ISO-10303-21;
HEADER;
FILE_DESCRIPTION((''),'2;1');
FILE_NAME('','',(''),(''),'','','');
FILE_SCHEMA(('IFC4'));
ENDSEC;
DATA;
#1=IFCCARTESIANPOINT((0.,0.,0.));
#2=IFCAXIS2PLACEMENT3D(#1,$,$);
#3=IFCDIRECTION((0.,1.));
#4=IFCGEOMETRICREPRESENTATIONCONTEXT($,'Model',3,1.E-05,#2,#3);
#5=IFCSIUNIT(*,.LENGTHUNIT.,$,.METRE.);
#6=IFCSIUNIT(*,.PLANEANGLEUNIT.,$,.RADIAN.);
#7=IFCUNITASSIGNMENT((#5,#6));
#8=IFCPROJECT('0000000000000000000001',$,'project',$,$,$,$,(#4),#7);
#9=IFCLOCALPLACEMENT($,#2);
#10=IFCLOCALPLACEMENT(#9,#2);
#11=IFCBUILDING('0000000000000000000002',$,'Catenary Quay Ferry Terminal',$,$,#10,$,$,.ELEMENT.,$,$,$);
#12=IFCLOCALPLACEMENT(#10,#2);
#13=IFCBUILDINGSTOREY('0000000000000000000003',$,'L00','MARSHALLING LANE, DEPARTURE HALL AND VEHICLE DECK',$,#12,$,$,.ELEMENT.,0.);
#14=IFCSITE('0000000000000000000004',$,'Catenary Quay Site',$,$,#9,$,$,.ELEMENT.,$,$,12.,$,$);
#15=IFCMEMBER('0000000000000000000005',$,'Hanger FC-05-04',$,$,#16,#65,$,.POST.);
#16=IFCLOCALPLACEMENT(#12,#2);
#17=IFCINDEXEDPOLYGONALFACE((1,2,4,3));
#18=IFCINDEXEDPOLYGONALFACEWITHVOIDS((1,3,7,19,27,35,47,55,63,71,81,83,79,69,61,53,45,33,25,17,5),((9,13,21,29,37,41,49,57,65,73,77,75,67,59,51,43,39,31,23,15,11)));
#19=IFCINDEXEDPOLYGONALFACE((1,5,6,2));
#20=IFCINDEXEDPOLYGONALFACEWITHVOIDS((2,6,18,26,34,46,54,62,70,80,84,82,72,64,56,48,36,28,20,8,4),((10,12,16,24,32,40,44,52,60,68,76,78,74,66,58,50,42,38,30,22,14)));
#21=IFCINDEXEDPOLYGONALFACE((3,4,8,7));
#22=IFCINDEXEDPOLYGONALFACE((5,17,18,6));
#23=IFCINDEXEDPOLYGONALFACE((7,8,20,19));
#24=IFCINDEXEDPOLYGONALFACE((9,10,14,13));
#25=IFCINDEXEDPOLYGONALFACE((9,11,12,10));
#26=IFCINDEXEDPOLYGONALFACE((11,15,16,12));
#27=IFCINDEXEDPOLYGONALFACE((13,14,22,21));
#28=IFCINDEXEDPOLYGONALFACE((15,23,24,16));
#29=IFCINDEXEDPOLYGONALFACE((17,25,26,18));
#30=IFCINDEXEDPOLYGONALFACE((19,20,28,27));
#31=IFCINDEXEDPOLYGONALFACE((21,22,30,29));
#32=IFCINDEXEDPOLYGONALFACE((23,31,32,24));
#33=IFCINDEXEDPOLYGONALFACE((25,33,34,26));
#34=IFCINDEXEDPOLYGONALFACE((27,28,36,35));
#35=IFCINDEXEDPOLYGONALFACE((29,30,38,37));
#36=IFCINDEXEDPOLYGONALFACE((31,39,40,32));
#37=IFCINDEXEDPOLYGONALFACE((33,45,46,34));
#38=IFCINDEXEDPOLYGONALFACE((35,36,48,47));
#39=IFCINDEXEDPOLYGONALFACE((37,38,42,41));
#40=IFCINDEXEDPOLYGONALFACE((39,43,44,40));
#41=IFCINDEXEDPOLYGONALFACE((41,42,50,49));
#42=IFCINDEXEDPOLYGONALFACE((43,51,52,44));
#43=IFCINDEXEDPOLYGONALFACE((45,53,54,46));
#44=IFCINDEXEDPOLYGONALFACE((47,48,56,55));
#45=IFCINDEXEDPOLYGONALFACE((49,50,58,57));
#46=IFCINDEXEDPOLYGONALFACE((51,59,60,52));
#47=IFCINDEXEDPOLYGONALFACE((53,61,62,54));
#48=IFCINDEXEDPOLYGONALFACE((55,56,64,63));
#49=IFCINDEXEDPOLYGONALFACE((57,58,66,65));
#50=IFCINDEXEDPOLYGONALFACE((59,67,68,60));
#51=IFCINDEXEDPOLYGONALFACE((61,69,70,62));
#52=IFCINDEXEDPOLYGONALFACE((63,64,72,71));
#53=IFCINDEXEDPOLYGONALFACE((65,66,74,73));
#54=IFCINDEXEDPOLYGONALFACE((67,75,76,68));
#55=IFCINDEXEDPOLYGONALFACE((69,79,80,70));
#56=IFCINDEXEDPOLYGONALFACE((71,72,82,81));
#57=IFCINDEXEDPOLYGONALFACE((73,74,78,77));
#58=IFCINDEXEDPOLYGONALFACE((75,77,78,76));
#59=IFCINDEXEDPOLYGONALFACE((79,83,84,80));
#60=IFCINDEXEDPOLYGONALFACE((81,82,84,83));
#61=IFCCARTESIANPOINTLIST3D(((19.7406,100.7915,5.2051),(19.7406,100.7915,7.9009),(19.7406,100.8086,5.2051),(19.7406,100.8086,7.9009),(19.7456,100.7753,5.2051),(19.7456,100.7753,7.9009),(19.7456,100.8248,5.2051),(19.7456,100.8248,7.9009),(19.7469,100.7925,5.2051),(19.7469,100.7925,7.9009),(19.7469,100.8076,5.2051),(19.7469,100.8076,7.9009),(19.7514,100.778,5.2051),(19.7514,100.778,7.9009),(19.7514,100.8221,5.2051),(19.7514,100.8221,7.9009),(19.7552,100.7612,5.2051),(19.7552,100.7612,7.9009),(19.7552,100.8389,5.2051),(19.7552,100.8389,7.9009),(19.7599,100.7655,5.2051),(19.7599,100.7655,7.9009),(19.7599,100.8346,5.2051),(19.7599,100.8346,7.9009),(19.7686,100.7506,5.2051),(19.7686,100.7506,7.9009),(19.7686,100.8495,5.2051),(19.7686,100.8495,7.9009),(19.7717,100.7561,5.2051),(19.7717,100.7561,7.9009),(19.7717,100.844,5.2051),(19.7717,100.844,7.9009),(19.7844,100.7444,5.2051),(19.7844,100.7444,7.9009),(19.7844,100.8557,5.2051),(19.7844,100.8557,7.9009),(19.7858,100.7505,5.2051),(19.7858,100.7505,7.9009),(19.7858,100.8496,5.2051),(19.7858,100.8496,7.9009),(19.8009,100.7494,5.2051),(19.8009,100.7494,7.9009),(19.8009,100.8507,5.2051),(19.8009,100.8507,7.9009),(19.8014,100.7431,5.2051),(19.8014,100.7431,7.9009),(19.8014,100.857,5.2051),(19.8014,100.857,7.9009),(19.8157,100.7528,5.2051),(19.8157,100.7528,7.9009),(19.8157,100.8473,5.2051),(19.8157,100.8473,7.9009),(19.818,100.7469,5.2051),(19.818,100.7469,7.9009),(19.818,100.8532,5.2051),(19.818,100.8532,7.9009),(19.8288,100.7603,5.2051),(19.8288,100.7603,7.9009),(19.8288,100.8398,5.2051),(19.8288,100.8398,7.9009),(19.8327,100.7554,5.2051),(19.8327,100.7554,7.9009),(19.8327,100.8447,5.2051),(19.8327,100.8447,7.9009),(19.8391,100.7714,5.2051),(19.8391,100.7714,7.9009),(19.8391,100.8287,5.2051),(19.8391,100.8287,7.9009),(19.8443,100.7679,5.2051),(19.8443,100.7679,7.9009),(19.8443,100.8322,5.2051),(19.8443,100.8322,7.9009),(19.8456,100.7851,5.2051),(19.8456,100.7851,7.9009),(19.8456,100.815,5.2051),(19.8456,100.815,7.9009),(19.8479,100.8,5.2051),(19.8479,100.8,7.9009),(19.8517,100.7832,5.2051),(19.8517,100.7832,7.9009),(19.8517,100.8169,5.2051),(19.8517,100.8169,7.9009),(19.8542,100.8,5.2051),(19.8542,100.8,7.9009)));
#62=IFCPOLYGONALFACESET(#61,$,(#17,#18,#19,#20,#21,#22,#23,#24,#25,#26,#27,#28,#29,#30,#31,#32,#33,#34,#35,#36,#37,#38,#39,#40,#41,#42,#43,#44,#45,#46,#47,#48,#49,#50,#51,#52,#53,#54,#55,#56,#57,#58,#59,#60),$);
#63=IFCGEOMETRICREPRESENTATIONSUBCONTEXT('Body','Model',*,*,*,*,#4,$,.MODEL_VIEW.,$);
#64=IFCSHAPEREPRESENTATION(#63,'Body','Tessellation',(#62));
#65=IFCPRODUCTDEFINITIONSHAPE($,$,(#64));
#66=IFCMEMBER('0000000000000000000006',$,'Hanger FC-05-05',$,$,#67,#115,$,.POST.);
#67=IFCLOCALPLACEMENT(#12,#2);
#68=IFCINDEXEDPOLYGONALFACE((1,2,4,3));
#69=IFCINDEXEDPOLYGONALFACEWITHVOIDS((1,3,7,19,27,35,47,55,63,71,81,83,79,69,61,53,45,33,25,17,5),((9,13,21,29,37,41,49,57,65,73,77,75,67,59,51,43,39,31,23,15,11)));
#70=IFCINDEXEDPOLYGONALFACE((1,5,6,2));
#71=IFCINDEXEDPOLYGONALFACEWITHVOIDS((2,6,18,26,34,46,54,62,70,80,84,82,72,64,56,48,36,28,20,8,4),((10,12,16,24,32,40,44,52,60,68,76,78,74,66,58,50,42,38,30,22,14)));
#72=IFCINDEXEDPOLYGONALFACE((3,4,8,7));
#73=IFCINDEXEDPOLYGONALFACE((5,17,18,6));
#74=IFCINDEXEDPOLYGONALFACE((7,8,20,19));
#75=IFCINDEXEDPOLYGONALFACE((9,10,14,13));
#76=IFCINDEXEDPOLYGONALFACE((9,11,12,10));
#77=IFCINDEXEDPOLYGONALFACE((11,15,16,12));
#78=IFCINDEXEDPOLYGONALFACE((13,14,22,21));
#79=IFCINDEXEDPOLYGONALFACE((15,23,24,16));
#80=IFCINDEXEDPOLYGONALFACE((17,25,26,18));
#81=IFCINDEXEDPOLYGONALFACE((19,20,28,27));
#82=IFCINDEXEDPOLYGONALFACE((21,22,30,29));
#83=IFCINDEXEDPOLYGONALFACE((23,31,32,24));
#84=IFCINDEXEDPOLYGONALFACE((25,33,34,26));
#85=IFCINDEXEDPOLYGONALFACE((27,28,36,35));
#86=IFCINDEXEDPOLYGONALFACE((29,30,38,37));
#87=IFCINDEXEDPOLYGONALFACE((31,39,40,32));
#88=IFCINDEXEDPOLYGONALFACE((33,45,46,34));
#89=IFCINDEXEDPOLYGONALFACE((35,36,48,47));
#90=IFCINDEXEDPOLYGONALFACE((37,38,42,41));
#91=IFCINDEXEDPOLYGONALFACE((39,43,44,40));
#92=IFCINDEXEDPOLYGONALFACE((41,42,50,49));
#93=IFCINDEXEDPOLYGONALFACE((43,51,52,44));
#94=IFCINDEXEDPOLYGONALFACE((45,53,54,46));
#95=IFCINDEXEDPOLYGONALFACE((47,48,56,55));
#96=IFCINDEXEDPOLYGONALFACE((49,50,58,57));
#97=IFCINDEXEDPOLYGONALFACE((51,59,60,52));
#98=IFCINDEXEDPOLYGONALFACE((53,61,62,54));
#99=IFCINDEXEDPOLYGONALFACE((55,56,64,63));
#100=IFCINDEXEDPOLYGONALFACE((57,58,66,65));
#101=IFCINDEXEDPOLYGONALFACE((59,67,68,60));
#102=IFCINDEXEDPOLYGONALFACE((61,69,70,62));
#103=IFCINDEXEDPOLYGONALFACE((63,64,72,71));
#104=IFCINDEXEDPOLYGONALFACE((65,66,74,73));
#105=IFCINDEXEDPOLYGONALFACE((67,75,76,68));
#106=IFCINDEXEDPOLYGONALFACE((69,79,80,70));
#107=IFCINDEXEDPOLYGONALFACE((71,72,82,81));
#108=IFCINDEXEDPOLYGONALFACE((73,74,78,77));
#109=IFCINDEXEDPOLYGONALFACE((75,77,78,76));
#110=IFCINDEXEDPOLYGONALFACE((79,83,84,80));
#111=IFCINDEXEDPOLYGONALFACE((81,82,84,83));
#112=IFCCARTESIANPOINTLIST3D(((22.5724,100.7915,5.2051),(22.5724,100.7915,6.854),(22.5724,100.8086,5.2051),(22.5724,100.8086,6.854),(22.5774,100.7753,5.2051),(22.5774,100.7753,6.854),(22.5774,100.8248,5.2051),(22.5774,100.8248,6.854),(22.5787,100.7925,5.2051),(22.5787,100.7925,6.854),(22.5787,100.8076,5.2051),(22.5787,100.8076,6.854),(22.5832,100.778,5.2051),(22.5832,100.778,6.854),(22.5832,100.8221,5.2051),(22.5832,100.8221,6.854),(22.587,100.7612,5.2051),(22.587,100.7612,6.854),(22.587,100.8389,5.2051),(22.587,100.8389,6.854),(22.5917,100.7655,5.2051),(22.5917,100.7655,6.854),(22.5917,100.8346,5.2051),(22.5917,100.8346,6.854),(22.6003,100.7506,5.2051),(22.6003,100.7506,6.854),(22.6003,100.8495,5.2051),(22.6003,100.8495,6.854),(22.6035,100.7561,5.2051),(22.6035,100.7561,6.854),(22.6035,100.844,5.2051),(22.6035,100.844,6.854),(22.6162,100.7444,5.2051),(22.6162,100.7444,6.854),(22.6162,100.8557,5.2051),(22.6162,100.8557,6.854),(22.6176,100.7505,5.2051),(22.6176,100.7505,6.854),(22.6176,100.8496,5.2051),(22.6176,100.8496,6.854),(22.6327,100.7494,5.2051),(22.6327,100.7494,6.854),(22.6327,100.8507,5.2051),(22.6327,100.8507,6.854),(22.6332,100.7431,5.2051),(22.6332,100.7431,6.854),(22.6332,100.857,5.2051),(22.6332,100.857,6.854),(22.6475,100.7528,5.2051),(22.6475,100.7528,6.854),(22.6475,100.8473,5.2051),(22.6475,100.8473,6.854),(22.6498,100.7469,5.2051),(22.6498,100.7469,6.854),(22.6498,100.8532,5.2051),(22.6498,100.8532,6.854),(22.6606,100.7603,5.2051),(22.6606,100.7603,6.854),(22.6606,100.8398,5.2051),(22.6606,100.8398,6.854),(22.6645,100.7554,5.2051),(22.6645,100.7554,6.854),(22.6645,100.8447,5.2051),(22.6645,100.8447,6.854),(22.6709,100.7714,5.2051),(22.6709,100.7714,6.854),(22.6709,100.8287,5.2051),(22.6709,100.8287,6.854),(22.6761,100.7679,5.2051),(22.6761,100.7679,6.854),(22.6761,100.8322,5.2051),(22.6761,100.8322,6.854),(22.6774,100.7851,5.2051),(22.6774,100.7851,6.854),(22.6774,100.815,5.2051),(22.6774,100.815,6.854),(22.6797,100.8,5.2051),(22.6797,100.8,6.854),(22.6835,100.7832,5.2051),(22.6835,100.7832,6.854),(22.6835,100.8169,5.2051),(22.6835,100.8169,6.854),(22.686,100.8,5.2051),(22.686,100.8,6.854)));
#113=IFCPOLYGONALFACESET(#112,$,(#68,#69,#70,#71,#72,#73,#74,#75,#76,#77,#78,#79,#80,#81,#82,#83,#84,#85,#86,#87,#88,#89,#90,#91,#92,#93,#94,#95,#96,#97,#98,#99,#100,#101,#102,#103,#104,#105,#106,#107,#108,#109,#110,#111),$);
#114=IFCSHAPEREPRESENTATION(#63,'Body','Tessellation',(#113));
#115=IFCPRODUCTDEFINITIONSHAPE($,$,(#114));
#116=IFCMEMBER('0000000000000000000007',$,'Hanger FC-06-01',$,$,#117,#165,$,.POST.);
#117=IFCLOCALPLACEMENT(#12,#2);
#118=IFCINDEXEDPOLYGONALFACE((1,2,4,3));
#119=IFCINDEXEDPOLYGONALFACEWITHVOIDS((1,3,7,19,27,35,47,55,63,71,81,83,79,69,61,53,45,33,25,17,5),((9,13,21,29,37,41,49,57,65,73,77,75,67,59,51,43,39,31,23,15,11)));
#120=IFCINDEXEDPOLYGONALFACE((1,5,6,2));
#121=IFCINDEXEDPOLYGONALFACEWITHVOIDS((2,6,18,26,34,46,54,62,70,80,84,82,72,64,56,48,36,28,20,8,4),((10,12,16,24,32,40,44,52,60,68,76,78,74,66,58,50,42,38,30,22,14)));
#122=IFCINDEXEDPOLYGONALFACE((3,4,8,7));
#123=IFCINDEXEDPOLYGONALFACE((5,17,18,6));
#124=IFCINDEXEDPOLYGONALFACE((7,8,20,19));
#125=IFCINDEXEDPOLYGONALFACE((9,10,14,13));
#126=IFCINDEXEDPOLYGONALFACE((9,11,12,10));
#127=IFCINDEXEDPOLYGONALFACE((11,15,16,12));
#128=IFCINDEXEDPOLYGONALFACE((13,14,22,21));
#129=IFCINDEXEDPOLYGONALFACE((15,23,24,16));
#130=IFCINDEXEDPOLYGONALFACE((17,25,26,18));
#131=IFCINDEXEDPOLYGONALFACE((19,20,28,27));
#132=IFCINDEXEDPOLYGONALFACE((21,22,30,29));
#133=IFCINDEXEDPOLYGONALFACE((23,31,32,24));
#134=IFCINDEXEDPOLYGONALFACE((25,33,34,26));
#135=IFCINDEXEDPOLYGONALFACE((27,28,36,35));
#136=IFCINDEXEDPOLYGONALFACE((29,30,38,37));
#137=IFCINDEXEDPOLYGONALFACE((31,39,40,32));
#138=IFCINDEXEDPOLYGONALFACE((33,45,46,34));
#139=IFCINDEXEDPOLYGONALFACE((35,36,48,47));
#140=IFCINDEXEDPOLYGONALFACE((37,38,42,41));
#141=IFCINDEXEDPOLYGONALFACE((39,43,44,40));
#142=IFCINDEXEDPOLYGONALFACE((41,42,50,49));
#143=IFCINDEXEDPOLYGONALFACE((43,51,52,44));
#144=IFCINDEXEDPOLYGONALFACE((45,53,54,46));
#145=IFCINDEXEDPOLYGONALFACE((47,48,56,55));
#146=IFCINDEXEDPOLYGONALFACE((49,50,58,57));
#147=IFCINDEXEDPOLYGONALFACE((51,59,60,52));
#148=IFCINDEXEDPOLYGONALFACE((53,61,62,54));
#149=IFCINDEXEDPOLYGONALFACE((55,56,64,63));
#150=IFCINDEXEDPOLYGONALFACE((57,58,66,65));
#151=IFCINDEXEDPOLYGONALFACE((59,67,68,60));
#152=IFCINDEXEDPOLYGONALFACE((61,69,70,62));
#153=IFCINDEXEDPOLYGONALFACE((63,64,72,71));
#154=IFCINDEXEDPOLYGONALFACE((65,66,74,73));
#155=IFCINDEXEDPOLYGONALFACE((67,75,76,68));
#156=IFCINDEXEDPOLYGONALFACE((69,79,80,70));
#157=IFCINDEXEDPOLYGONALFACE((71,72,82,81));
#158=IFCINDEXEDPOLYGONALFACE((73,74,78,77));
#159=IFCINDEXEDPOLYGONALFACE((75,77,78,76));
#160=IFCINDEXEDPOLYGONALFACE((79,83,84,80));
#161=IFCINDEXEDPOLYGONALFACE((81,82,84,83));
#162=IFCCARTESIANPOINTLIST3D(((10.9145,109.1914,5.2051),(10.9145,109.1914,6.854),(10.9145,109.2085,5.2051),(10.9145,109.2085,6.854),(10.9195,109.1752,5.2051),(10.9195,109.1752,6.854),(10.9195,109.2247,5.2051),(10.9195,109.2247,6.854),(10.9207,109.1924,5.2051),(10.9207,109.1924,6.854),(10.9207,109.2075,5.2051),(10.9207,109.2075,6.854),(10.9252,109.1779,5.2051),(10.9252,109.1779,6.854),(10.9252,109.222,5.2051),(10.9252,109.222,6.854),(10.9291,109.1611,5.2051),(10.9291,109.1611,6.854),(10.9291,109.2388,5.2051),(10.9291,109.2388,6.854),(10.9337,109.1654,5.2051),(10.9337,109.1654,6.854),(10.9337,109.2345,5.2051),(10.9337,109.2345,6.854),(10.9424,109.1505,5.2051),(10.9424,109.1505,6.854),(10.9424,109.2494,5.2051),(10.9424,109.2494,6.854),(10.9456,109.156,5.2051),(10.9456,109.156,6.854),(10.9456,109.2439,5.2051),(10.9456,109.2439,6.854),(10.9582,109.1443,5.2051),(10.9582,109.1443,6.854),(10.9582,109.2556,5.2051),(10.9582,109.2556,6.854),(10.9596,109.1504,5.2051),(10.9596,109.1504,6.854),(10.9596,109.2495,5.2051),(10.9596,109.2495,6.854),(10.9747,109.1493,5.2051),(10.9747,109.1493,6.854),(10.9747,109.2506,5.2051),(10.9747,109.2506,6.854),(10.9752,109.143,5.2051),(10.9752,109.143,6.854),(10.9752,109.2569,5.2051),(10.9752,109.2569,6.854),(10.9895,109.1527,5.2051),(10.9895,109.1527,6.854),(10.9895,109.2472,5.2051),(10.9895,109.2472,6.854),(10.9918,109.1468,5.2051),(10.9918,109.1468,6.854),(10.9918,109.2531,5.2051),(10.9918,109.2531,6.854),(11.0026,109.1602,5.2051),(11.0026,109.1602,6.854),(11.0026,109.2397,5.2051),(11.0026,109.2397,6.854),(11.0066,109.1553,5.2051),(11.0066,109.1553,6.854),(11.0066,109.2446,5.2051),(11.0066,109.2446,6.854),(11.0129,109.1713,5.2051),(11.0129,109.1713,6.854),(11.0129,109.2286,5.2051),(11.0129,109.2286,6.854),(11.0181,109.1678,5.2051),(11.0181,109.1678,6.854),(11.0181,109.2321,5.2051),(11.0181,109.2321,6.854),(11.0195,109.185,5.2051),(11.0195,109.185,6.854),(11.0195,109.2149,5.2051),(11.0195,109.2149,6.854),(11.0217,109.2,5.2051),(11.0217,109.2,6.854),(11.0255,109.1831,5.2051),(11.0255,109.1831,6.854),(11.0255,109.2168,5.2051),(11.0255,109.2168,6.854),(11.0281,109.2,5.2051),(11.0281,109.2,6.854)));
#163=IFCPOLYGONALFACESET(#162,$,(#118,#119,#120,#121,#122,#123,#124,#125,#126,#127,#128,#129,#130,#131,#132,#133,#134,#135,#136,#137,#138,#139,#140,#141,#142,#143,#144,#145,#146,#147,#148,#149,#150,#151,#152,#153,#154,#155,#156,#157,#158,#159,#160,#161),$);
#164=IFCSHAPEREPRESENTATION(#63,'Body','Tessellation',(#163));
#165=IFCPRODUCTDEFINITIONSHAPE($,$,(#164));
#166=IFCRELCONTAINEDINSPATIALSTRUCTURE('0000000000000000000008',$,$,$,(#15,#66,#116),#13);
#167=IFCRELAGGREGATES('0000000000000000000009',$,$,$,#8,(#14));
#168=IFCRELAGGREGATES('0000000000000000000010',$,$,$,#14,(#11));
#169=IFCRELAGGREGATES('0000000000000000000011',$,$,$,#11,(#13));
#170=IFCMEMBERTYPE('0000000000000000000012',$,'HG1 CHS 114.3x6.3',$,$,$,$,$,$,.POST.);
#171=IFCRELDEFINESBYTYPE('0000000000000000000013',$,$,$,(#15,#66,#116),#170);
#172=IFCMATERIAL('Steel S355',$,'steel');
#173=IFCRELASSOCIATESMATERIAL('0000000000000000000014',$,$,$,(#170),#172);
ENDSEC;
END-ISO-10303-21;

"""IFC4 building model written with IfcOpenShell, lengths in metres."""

from ifc_helpers import new_model, si_unit, direction, frame, origin, origin_2d, place, context, subcontext, project, spatial, hollow_circle, extrude, material, material_profile, profile_set, type_object, element, save


model = new_model("IFC4")

# Units and contexts
model_context = context("Model", 3, precision=1e-05, world=origin(), true_north=direction((0.0, 1.0)))
body_context = subcontext(model_context, "Body", "Model", "MODEL_VIEW")
ifc_project = project(units=[si_unit("LENGTHUNIT", "METRE"), si_unit("PLANEANGLEUNIT", "RADIAN")], contexts=[model_context])

# Site, building, storey
site_placement = place(None, origin())
site = spatial("IfcSite", under=ifc_project, at=site_placement, Name="Catenary Quay Site", CompositionType="ELEMENT", RefElevation=12.0)
building_placement = place(site_placement, origin())
building = spatial("IfcBuilding", under=site, at=building_placement, Name="Catenary Quay Ferry Terminal", CompositionType="ELEMENT")
storey_placement = place(building_placement, origin())
storey = spatial("IfcBuildingStorey", under=building, at=storey_placement, Name="L00", Description="MARSHALLING LANE, DEPARTURE HALL AND VEHICLE DECK", CompositionType="ELEMENT", Elevation=0.0)

# Members
ifc_material_1 = material(Name="Steel S355", Category="steel")
ifc_material_profile_1 = material_profile(ifc_material_1, hollow_circle(Radius=0.0571, WallThickness=0.0063, at=origin_2d()), Name="CHS 114.3x6.3")
ifc_profile_set_1 = profile_set([ifc_material_profile_1], Name="Steel S355")
member_type_1 = type_object("IfcMemberType", Name="HG1 CHS 114.3x6.3", PredefinedType="POST", material=ifc_profile_set_1)
member_1_placement = place(storey_placement, frame((19.7971, 100.8, 5.2051), z_axis=(0.0, 0.0, 1.0), x_axis=(1.0, 0.0, 0.0)))
element("IfcMember", 1, at=member_1_placement, inside=storey, type_object=member_type_1, Name="Hanger FC-05-04", PredefinedType="POST", context=body_context, shape_type="SweptSolid", body=[
    extrude(hollow_circle(Radius=0.0571, WallThickness=0.0063, at=origin_2d()), origin(), (0.0, 0.0, 1.0), 2.6958),
])
for number, where, z_axis, x_axis, name in (
    (2, (22.6289, 100.8, 5.2051), (0.0, 0.0, 1.0), (1.0, 0.0, 0.0), "Hanger FC-05-05"),
    (3, (10.9709, 109.2, 5.2051), (0.0, 0.0, 1.0), (1.0, 0.0, 0.0), "Hanger FC-06-01"),
):
    element("IfcMember", number, at=place(storey_placement, frame(where, z_axis=z_axis, x_axis=x_axis)), inside=storey, type_object=member_type_1, Name=name, PredefinedType="POST", context=body_context, shape_type="SweptSolid", body=[
        extrude(hollow_circle(Radius=0.0571, WallThickness=0.0063, at=origin_2d()), origin(), (0.0, 0.0, 1.0), 1.6489),
    ])

save(model, "model.ifc")
